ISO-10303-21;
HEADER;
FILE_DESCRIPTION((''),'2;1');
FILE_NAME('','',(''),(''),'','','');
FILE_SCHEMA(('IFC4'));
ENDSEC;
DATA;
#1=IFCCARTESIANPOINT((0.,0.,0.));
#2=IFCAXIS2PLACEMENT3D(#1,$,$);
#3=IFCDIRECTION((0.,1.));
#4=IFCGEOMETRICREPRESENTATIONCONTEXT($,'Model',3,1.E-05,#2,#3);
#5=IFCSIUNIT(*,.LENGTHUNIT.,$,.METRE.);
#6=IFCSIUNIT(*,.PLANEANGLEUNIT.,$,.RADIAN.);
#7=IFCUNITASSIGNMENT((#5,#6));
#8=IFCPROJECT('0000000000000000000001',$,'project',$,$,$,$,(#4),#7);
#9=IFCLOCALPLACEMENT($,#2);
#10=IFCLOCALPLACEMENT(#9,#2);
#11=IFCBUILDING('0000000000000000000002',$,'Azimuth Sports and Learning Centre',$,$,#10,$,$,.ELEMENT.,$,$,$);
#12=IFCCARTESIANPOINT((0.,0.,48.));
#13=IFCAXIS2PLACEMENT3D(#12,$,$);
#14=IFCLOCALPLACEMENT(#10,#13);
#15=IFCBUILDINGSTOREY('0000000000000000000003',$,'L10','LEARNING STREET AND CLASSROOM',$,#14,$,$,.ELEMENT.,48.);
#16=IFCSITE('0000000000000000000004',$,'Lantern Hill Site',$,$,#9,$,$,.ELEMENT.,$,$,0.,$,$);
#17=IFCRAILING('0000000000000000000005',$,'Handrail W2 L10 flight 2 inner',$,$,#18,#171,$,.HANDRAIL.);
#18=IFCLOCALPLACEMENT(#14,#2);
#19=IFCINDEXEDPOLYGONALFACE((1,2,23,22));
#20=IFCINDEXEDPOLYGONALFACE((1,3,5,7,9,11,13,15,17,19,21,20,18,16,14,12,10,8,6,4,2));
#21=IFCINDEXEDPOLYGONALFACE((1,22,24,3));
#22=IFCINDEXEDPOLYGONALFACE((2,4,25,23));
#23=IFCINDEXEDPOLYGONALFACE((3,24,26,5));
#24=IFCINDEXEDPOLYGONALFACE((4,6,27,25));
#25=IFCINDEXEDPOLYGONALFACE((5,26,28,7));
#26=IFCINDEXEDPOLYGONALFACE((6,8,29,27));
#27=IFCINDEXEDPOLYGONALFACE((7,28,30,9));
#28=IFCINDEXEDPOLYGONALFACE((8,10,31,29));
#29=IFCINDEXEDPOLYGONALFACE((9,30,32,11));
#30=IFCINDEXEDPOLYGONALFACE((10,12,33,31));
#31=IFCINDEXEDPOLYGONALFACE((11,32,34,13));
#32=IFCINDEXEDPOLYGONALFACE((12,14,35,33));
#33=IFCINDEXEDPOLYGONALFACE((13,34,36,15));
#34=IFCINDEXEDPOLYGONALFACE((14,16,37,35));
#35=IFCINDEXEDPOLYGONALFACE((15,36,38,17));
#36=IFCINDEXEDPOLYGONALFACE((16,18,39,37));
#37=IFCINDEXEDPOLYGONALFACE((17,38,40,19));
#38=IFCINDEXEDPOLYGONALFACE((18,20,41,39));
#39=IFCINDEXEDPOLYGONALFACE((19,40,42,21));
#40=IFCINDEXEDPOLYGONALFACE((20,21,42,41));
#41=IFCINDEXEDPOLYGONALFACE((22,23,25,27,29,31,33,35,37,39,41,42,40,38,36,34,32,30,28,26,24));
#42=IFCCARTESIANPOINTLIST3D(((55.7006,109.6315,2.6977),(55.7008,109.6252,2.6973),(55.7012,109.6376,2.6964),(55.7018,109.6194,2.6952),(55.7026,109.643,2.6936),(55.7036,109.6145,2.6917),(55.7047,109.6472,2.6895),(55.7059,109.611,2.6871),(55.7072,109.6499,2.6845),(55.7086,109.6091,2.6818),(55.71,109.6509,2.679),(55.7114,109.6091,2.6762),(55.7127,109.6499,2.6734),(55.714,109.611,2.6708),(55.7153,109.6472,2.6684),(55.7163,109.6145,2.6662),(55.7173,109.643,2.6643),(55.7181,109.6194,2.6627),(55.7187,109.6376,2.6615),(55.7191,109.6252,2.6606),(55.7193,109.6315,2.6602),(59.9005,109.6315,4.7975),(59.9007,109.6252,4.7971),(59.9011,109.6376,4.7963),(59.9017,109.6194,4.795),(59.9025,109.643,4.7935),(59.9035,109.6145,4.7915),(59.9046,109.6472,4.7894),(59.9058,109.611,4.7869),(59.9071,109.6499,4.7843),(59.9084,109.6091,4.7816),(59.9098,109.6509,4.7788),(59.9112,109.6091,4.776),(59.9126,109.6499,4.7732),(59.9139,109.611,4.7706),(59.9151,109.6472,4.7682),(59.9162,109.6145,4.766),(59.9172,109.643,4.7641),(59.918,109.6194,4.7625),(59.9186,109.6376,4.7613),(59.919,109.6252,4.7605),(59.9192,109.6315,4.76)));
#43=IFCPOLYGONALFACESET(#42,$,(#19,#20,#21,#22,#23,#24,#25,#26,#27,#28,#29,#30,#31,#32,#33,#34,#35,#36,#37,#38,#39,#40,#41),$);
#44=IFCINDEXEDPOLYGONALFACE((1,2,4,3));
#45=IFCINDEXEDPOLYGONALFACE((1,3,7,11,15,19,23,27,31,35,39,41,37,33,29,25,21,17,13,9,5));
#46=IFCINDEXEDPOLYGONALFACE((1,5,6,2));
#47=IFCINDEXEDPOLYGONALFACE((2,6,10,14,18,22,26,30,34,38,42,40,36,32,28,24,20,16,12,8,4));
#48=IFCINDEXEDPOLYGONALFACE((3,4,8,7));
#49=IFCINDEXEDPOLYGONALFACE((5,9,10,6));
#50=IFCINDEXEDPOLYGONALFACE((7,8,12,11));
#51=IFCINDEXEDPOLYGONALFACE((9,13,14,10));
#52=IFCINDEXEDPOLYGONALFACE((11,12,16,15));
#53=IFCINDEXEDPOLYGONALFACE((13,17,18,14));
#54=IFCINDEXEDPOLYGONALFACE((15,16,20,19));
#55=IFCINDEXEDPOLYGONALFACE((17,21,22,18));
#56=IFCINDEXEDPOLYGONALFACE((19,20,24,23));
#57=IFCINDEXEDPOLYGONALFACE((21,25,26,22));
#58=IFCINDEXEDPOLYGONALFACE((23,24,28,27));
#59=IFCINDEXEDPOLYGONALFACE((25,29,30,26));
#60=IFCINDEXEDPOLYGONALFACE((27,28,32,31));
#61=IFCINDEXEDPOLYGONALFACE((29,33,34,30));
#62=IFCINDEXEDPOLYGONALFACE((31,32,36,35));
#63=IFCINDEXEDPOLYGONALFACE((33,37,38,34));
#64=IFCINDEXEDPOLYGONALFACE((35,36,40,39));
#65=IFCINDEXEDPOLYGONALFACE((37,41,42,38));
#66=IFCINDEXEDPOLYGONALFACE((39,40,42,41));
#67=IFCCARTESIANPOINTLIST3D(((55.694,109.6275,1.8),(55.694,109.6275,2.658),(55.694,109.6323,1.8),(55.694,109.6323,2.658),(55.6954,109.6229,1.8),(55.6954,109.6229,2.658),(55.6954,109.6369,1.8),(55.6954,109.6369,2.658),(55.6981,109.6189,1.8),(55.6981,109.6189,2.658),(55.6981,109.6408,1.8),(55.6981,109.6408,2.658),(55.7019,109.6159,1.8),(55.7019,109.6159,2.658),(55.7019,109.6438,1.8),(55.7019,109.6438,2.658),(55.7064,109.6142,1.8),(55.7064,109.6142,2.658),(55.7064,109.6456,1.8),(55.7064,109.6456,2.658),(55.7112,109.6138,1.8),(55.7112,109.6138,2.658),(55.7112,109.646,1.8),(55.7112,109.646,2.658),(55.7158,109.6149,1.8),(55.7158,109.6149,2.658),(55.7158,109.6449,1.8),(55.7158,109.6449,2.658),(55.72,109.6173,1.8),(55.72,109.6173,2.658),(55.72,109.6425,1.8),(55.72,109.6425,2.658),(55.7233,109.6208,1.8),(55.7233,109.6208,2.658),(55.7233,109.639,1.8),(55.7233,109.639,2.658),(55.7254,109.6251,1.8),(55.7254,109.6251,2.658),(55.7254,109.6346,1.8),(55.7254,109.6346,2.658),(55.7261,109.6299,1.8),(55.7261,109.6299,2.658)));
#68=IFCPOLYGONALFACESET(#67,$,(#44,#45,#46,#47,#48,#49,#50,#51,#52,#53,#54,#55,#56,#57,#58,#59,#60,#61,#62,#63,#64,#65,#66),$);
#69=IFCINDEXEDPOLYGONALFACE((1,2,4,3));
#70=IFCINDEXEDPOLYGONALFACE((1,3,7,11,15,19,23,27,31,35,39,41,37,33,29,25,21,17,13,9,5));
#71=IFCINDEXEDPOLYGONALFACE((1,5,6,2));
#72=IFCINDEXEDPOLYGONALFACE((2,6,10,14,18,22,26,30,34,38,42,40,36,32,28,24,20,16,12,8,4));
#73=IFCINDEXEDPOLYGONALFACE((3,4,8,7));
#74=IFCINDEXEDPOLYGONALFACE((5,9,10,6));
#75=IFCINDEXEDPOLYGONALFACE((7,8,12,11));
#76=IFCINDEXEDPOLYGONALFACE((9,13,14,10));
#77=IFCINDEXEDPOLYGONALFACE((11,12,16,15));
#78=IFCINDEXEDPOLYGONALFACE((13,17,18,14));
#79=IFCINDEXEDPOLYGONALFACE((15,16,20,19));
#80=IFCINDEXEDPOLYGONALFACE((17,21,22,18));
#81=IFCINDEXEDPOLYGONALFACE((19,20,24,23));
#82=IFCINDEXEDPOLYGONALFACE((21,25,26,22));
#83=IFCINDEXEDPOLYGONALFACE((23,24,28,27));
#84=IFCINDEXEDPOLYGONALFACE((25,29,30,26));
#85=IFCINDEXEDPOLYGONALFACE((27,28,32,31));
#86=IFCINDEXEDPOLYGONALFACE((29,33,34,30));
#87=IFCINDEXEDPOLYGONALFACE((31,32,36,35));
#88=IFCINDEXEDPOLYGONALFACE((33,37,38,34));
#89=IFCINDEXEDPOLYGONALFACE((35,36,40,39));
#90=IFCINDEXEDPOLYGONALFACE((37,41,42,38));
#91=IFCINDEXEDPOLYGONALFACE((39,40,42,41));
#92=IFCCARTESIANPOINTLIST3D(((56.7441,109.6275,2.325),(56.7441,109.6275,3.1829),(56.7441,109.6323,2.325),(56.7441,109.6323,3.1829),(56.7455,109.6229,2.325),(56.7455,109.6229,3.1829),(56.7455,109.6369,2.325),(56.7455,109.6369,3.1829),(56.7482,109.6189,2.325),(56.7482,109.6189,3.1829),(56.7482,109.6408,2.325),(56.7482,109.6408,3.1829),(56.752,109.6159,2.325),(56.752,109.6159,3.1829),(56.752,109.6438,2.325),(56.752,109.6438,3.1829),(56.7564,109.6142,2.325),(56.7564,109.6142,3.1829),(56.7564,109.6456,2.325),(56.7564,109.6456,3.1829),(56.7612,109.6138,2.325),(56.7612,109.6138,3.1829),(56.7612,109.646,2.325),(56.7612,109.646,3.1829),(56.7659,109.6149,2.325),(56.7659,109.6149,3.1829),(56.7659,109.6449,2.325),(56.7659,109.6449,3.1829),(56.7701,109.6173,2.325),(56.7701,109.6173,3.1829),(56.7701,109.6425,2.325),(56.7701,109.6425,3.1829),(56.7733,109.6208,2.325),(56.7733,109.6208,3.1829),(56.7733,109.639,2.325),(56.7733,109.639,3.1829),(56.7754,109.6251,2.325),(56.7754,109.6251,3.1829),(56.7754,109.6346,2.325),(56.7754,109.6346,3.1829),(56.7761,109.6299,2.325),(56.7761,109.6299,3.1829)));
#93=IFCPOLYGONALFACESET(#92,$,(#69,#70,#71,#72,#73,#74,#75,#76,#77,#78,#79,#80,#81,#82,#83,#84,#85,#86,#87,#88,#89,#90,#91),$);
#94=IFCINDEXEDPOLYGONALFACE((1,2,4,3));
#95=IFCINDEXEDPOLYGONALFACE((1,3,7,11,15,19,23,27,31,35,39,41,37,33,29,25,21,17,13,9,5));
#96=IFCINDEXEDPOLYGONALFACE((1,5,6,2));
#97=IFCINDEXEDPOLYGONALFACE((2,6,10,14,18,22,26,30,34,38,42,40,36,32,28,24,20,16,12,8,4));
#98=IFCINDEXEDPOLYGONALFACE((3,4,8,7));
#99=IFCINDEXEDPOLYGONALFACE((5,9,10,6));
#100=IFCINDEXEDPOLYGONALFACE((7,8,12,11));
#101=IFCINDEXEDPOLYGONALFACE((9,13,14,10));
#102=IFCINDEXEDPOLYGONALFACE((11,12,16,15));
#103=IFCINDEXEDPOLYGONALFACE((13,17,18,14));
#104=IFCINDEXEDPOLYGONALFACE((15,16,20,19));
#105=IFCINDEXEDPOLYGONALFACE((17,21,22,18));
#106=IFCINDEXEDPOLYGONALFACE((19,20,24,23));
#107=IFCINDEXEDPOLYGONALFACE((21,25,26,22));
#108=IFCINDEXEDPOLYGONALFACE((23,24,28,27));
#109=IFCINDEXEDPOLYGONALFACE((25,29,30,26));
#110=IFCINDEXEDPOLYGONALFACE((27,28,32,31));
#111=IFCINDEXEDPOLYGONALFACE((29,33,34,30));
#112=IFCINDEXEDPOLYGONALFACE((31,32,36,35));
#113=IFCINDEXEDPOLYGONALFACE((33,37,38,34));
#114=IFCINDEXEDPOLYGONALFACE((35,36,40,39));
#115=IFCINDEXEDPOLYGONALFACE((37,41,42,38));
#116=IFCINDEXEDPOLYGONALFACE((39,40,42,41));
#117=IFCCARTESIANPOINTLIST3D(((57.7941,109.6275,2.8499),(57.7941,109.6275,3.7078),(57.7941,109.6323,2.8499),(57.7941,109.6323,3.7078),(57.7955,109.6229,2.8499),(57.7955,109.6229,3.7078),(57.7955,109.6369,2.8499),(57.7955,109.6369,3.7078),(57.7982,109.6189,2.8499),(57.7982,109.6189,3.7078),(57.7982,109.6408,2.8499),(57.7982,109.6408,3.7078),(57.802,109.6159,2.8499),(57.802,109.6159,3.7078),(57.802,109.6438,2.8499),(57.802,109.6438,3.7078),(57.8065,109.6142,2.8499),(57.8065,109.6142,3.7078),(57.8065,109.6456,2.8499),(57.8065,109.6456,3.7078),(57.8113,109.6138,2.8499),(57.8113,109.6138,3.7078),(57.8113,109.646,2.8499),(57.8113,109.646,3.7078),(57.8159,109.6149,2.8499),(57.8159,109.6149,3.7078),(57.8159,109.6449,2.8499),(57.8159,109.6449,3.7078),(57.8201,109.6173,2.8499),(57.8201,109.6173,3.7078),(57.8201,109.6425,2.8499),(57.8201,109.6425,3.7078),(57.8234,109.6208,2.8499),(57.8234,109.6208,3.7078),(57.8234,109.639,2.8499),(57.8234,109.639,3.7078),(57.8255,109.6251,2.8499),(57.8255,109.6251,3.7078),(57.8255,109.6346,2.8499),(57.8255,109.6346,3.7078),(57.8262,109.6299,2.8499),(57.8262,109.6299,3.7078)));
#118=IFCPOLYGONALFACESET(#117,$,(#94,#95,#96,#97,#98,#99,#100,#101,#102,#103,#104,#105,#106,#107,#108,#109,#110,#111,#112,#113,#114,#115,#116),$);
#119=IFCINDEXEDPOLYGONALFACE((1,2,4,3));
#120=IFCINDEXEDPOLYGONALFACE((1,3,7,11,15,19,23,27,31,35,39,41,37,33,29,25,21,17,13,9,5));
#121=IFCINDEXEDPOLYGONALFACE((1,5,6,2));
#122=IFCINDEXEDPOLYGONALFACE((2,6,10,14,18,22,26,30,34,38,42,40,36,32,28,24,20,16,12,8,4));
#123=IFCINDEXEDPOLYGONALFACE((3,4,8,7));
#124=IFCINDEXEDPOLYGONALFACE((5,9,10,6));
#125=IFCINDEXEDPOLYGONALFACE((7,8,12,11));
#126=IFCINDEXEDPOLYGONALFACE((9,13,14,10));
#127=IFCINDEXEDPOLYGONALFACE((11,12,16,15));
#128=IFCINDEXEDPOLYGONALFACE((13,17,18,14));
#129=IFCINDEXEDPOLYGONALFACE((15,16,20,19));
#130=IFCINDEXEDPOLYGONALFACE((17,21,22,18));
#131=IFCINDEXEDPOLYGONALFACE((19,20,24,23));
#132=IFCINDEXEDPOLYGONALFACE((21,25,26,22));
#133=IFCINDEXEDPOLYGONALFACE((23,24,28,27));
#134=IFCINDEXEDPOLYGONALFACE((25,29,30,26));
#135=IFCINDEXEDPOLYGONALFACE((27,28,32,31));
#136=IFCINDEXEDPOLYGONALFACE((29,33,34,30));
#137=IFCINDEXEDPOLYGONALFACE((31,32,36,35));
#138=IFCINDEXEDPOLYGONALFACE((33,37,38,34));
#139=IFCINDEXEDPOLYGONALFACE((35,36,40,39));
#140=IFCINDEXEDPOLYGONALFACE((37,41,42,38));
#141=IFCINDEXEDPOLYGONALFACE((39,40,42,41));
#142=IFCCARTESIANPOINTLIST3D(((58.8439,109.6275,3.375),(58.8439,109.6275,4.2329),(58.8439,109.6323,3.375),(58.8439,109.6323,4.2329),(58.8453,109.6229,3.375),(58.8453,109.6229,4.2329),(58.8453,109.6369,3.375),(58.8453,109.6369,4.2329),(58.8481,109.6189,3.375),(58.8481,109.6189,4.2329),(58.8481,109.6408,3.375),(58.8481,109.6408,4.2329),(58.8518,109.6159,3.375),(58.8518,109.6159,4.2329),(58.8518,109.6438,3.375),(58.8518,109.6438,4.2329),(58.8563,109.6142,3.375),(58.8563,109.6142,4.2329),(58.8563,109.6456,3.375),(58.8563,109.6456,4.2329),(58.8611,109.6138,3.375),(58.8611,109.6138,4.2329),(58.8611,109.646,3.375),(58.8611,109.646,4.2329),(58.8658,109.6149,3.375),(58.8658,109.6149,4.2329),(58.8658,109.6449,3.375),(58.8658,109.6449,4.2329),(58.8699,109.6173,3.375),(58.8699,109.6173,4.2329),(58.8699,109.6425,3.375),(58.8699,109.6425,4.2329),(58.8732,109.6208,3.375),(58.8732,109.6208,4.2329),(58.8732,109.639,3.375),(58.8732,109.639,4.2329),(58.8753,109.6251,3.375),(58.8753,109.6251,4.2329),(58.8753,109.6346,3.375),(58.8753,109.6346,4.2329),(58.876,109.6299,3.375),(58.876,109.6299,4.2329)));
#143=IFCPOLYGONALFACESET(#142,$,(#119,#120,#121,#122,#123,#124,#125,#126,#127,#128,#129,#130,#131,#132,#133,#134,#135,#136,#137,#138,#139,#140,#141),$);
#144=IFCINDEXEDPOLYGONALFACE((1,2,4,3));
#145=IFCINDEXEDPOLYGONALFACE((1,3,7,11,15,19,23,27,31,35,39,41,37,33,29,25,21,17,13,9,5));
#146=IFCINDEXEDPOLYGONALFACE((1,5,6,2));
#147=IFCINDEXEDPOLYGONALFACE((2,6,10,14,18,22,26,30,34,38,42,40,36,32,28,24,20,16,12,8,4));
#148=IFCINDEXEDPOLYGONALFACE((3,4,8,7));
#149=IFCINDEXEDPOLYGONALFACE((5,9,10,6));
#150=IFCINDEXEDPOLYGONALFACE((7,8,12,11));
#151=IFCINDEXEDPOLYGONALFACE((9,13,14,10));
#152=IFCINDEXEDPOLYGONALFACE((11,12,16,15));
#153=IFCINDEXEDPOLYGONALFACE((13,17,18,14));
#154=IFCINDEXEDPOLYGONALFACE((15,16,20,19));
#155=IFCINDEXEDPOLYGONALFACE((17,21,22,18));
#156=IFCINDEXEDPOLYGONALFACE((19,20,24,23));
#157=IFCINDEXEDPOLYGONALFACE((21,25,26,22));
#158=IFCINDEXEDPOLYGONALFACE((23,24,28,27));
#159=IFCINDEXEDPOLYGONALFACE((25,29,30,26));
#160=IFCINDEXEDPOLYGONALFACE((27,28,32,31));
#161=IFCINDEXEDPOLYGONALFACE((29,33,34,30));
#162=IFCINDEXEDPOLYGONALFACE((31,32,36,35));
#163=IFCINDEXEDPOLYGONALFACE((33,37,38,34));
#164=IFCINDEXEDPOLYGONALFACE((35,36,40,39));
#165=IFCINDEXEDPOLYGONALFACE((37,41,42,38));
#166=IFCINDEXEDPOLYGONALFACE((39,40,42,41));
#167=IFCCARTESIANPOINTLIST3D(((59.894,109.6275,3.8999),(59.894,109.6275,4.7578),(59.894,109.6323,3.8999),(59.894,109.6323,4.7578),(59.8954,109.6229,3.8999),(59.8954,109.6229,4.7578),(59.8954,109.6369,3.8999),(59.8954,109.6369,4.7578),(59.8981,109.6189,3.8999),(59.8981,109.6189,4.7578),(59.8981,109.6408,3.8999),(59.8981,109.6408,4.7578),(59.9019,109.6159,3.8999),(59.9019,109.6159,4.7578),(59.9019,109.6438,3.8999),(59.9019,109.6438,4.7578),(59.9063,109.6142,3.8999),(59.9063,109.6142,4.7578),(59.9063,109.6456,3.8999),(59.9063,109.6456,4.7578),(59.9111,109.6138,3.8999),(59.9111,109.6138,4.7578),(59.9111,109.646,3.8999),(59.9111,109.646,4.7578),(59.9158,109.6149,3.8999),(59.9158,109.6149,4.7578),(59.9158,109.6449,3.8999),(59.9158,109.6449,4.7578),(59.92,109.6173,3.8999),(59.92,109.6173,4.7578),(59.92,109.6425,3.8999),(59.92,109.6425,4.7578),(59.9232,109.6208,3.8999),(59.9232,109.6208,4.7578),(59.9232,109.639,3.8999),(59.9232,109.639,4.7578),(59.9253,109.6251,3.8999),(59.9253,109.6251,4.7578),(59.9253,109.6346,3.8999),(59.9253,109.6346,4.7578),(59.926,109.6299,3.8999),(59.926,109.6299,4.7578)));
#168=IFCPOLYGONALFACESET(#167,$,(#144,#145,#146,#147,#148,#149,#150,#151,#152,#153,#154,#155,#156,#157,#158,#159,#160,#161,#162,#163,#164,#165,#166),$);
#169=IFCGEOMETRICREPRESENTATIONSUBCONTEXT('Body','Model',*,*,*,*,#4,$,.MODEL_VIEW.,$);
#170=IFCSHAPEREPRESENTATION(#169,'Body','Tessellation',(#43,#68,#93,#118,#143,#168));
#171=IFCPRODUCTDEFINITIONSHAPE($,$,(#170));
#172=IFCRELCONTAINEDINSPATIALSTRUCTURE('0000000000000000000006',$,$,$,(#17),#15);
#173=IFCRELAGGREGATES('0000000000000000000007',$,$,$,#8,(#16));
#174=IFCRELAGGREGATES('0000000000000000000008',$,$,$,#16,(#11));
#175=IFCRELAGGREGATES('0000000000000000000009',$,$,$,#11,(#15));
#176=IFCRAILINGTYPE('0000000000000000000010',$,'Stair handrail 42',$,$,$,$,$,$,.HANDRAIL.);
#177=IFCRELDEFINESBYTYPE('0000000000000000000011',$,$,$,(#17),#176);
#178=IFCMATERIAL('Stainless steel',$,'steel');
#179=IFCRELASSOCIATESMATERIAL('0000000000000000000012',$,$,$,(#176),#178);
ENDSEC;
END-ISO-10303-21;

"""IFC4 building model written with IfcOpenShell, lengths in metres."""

from ifc_helpers import new_model, si_unit, direction, frame, origin, origin_2d, place, context, subcontext, project, spatial, circle, extrude, material, type_object, element, save


model = new_model("IFC4")

# Units and contexts
model_context = context("Model", 3, precision=1e-05, world=origin(), true_north=direction((0.0, 1.0)))
body_context = subcontext(model_context, "Body", "Model", "MODEL_VIEW")
ifc_project = project(units=[si_unit("LENGTHUNIT", "METRE"), si_unit("PLANEANGLEUNIT", "RADIAN")], contexts=[model_context])

# Site, building, storey
site_placement = place(None, origin())
site = spatial("IfcSite", under=ifc_project, at=site_placement, Name="Lantern Hill Site", CompositionType="ELEMENT", RefElevation=0.0)
building_placement = place(site_placement, origin())
building = spatial("IfcBuilding", under=site, at=building_placement, Name="Azimuth Sports and Learning Centre", CompositionType="ELEMENT")
storey_placement = place(building_placement, frame((0.0, 0.0, 48.0)))
storey = spatial("IfcBuildingStorey", under=building, at=storey_placement, Name="L10", Description="LEARNING STREET AND CLASSROOM", CompositionType="ELEMENT", Elevation=48.0)

# Railing
ifc_material_1 = material(Name="Stainless steel", Category="steel")
railing_type_1 = type_object("IfcRailingType", Name="Stair handrail 42", PredefinedType="HANDRAIL", material=ifc_material_1)
railing_1_placement = place(storey_placement, frame((55.71, 109.6299, 1.8)))
element("IfcRailing", 1, at=railing_1_placement, inside=storey, type_object=railing_type_1, Name="Handrail W2 L10 flight 2 inner", PredefinedType="HANDRAIL", context=body_context, shape_type="SweptSolid", body=[
    extrude(circle(Radius=0.021, at=origin_2d()), frame((0.0, 0.0, 0.8789), z_axis=(0.894438, 0.0, 0.447193), x_axis=(0.0, 1.0, 0.0)), (0.0, 0.0, 1.0), 4.6956),
    extrude(circle(Radius=0.0161, at=origin_2d()), origin(), (0.0, 0.0, 1.0), 0.8579),
    extrude(circle(Radius=0.0161, at=origin_2d()), frame((1.05, 0.0, 0.5249)), (0.0, 0.0, 1.0), 0.8579),
    extrude(circle(Radius=0.0161, at=origin_2d()), frame((2.1001, 0.0, 1.0498)), (0.0, 0.0, 1.0), 0.8579),
    extrude(circle(Radius=0.0161, at=origin_2d()), frame((3.1499, 0.0, 1.575)), (0.0, 0.0, 1.0), 0.8579),
    extrude(circle(Radius=0.0161, at=origin_2d()), frame((4.2, 0.0, 2.0999)), (0.0, 0.0, 1.0), 0.8579),
])

save(model, "model.ifc")
